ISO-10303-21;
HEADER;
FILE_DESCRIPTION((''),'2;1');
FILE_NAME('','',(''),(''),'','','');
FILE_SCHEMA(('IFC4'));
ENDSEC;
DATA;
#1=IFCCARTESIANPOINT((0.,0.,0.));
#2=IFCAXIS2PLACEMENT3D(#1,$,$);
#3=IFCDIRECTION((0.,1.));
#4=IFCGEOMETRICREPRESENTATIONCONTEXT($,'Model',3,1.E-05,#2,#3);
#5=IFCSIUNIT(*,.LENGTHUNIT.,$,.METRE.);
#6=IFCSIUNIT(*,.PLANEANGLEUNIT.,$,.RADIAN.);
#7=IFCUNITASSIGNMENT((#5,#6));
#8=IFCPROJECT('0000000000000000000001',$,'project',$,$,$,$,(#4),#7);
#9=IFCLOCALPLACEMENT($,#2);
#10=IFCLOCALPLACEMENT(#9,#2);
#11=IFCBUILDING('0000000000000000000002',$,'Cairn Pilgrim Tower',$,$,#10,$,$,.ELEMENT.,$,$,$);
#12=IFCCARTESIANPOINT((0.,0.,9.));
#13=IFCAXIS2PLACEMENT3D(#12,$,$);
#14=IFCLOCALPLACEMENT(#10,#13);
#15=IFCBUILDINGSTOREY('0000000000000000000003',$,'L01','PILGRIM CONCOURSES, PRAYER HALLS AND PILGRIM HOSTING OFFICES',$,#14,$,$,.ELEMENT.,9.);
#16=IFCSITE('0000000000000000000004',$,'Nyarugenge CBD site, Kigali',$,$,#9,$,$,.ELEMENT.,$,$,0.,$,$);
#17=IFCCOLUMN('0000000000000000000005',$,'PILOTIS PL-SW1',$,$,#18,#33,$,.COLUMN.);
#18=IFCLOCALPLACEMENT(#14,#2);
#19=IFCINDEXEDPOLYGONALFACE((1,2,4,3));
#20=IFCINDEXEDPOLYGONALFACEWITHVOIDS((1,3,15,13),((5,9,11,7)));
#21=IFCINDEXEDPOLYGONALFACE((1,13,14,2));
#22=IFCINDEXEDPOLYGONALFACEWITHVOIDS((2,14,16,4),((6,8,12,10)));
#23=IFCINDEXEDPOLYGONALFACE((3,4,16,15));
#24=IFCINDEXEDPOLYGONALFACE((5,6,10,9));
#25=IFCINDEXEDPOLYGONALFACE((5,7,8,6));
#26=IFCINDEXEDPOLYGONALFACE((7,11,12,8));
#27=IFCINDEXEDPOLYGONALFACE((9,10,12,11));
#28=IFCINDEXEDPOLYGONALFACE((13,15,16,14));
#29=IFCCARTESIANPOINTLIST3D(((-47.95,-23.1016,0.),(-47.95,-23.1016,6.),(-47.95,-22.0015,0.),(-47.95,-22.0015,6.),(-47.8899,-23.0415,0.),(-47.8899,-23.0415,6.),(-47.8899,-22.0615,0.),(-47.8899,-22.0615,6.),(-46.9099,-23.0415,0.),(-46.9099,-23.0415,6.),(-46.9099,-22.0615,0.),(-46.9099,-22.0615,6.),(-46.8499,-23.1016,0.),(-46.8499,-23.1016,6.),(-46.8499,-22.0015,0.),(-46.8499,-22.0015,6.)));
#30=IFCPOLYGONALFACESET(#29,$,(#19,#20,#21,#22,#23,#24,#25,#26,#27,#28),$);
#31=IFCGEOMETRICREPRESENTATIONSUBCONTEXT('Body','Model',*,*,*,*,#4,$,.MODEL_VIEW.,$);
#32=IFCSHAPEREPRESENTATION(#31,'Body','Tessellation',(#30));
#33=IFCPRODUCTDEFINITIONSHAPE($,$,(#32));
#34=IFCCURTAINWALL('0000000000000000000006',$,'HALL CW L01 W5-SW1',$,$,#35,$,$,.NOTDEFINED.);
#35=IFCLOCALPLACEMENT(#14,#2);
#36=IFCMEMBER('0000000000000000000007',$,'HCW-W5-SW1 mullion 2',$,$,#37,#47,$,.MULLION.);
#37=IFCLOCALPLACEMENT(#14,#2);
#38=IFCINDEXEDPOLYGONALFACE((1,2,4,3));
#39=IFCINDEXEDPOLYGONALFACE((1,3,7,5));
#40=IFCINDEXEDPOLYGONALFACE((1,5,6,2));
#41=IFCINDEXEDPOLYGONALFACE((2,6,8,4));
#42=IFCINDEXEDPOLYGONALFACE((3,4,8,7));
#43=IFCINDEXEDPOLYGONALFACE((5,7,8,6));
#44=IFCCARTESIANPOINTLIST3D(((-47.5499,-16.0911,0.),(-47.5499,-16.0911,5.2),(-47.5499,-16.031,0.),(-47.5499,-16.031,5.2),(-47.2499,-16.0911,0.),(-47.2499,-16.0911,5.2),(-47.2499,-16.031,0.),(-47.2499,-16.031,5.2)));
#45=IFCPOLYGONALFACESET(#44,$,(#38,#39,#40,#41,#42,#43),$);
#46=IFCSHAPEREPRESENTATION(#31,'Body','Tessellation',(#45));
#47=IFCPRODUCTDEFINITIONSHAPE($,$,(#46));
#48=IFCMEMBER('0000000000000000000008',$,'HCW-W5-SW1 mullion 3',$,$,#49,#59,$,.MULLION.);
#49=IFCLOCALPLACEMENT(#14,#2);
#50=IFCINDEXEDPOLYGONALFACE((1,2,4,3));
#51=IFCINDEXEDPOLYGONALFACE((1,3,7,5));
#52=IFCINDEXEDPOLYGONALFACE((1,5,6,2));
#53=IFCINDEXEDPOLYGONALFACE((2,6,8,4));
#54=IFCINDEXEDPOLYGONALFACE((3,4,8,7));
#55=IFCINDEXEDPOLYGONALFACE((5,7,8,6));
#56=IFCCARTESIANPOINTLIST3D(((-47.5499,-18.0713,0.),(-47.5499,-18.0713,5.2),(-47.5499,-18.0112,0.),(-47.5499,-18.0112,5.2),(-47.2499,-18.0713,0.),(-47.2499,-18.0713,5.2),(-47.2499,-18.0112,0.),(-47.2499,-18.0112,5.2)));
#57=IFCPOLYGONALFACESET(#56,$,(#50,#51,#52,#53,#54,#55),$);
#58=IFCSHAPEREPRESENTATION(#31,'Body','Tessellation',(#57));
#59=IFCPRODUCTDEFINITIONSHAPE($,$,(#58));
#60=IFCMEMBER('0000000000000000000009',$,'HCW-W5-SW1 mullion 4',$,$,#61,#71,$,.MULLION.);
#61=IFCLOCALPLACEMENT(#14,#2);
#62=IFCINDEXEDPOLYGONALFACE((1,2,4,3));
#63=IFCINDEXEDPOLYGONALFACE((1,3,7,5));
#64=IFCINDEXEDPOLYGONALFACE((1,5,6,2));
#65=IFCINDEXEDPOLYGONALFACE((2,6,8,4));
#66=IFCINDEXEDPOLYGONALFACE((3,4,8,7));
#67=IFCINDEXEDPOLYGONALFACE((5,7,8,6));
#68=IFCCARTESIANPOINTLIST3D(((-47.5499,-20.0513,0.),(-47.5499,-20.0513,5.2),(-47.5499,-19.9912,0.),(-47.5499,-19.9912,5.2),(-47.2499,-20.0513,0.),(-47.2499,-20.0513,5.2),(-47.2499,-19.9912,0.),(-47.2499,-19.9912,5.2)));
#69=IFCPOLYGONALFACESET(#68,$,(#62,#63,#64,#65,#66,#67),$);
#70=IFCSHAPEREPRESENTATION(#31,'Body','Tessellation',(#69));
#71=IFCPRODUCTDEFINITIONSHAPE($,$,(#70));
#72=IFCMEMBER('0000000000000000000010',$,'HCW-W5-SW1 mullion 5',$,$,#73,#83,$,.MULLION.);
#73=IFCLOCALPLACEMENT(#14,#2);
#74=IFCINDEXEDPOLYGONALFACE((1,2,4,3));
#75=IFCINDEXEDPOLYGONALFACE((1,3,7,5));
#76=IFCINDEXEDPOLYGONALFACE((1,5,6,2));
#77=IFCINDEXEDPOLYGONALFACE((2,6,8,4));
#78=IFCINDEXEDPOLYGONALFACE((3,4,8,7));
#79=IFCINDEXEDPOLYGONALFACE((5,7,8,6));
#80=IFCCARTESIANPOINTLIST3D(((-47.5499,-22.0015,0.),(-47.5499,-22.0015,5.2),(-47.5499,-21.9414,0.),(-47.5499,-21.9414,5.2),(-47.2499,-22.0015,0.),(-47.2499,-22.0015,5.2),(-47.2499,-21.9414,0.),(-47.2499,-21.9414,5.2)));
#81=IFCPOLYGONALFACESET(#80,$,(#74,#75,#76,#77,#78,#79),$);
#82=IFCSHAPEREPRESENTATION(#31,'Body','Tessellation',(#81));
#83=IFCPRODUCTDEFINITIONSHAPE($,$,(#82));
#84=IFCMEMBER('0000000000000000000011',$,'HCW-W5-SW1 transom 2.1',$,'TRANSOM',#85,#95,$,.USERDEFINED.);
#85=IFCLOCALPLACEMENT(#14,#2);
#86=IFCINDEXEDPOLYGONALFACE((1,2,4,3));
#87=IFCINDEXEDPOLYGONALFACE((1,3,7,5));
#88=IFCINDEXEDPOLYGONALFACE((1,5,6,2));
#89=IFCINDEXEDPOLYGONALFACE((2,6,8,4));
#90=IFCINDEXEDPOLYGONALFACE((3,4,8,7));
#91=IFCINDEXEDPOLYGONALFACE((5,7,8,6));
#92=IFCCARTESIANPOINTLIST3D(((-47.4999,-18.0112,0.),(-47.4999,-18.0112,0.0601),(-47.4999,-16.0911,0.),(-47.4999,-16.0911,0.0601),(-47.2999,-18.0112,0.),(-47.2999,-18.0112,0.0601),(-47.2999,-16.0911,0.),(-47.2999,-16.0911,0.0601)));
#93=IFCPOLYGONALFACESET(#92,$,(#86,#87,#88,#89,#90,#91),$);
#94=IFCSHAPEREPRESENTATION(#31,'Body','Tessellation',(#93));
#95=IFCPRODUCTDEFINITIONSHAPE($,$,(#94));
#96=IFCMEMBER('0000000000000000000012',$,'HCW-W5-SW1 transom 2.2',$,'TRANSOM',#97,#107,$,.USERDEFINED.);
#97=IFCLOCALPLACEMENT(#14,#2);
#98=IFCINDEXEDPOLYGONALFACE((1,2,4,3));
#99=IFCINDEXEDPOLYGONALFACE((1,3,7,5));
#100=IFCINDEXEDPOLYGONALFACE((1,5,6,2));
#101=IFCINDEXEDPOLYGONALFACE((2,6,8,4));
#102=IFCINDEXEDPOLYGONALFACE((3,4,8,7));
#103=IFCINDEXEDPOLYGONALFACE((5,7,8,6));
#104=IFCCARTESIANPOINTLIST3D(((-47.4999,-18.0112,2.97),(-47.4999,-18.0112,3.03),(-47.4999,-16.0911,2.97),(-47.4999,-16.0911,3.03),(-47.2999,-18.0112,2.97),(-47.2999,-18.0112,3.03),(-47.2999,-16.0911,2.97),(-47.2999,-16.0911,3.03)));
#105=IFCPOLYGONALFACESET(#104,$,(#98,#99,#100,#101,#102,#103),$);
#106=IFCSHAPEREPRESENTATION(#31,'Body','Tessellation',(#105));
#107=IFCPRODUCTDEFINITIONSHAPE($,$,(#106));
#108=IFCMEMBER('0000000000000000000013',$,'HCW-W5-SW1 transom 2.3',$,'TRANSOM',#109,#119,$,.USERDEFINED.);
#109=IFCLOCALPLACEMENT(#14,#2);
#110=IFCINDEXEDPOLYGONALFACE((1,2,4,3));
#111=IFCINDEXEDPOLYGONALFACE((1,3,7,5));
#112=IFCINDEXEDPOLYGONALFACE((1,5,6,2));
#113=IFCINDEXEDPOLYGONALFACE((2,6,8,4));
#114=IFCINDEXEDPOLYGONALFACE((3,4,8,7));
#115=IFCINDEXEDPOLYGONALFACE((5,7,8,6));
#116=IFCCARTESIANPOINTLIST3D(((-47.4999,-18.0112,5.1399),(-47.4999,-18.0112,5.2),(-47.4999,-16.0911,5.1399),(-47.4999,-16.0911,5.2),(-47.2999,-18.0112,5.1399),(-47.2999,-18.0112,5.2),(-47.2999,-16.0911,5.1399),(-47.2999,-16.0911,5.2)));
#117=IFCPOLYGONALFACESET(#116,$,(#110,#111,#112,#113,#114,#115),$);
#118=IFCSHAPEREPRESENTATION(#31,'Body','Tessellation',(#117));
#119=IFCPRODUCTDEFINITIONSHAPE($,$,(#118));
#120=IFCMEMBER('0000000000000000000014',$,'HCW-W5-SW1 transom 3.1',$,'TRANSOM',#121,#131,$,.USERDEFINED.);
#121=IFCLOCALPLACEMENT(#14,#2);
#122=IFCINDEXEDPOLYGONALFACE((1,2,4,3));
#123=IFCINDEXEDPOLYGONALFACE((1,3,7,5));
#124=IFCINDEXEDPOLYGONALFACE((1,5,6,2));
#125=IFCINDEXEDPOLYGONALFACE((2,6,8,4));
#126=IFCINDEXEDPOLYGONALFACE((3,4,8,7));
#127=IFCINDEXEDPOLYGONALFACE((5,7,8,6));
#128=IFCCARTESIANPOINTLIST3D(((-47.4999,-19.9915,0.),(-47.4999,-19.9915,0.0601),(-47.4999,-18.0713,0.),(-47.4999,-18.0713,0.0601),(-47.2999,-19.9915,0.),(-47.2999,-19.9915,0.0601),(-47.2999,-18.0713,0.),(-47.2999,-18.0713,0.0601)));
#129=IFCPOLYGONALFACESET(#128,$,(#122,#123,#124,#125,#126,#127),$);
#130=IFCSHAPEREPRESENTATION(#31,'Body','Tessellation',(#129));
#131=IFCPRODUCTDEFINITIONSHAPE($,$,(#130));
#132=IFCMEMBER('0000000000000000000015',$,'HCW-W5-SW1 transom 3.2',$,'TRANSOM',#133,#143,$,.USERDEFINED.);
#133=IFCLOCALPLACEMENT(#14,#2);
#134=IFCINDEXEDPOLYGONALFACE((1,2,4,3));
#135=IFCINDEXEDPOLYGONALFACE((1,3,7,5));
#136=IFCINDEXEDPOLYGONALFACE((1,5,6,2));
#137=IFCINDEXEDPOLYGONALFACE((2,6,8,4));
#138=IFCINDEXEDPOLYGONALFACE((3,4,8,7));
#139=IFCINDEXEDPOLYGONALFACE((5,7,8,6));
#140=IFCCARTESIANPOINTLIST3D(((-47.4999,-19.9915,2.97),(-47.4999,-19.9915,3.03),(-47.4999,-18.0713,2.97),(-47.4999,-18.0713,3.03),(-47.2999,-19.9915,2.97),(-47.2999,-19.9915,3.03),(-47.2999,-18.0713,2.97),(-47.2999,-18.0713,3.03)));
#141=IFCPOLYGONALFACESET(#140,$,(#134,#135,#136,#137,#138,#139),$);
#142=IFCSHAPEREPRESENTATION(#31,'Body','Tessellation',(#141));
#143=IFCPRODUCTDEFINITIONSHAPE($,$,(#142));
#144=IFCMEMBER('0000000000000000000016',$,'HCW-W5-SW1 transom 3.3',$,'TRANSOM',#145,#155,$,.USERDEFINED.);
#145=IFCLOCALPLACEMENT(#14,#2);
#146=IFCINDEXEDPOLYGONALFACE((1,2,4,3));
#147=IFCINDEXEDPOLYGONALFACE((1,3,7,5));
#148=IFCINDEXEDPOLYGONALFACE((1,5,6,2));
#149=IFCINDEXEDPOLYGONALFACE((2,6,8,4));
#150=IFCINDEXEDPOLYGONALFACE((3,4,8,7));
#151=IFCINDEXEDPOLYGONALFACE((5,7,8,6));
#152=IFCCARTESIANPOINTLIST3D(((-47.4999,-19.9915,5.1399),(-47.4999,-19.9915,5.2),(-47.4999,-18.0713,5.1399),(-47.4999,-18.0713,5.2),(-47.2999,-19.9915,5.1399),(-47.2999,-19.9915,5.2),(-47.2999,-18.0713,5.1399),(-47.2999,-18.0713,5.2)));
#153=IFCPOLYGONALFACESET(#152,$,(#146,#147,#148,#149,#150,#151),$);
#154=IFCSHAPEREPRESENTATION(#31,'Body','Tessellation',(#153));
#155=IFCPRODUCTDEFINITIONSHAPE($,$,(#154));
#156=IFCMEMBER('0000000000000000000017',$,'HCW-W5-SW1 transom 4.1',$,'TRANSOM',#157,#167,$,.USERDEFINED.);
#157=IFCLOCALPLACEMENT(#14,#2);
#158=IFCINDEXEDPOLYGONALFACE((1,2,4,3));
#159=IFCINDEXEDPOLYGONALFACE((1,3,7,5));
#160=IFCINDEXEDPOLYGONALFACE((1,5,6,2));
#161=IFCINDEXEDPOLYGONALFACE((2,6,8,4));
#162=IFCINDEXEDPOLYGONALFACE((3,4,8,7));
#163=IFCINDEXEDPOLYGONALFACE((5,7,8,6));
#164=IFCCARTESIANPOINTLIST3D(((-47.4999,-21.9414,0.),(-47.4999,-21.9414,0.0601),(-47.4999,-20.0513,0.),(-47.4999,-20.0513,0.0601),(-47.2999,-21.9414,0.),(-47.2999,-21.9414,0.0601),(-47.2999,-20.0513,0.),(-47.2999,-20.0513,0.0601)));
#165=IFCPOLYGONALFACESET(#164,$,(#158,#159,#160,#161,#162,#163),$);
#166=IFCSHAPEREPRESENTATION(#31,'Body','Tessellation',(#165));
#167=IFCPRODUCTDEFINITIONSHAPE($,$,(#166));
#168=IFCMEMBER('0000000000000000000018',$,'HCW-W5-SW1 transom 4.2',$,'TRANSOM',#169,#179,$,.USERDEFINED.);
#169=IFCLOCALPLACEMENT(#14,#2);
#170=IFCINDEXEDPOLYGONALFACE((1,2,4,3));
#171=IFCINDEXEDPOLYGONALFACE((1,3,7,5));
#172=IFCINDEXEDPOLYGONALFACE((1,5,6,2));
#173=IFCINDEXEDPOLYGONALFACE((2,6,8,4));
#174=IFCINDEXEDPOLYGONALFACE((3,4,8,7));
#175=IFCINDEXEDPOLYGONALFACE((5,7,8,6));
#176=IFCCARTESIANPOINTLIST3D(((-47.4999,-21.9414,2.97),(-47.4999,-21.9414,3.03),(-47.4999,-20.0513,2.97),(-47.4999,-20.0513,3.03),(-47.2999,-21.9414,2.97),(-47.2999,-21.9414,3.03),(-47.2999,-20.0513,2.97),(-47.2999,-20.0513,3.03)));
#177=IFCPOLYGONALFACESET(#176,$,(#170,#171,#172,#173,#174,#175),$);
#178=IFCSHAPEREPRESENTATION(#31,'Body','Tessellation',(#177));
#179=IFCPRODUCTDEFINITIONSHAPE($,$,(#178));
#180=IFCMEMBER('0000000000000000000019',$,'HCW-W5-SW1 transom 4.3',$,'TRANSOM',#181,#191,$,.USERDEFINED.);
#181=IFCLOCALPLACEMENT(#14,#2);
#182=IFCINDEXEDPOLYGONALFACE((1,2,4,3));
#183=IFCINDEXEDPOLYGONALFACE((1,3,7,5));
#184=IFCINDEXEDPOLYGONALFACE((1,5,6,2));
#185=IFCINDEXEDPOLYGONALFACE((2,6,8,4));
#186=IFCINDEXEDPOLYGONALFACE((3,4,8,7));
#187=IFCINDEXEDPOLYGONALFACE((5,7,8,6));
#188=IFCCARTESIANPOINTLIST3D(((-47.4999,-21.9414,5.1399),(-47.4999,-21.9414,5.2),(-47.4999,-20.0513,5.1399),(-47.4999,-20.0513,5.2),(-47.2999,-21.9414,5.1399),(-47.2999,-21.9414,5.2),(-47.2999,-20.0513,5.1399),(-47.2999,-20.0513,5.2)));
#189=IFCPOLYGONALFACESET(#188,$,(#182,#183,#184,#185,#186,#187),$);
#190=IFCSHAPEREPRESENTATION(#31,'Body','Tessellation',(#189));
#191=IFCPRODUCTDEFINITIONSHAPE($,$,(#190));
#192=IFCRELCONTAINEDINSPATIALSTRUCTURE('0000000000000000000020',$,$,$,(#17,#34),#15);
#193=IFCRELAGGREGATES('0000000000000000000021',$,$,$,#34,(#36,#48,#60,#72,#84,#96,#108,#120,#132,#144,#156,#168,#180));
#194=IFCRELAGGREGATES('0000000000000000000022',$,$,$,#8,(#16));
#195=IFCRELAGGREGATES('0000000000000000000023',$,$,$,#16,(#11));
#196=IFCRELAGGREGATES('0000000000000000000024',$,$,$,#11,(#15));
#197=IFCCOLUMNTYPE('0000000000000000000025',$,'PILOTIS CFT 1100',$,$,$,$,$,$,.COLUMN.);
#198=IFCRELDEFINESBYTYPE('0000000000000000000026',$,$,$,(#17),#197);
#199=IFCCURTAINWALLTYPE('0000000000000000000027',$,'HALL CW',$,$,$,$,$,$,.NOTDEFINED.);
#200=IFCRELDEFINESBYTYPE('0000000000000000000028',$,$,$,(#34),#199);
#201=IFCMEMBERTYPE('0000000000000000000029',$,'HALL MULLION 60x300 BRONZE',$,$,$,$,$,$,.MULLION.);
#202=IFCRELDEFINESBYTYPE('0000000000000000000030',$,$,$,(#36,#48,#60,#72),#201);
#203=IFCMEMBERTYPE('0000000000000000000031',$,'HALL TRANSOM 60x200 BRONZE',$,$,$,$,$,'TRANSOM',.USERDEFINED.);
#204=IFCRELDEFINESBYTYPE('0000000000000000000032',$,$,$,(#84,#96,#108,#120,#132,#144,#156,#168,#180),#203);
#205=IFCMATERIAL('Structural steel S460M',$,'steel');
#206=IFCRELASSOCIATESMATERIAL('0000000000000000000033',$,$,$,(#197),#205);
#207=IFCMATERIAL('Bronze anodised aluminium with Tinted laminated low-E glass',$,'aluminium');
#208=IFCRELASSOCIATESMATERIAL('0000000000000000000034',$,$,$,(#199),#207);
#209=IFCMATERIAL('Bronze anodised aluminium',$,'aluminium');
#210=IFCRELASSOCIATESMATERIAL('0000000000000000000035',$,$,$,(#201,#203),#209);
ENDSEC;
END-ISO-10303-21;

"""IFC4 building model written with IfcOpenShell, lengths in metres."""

from ifc_helpers import new_model, si_unit, direction, frame, origin, origin_2d, place, context, subcontext, project, spatial, rectangle, hollow_rectangle, extrude, material, material_profile, profile_set, type_object, element, aggregate, save


model = new_model("IFC4")

# Units and contexts
model_context = context("Model", 3, precision=1e-05, world=origin(), true_north=direction((0.0, 1.0)))
body_context = subcontext(model_context, "Body", "Model", "MODEL_VIEW")
ifc_project = project(units=[si_unit("LENGTHUNIT", "METRE"), si_unit("PLANEANGLEUNIT", "RADIAN")], contexts=[model_context])

# Site, building, storey
site_placement = place(None, origin())
site = spatial("IfcSite", under=ifc_project, at=site_placement, Name="Nyarugenge CBD site, Kigali", CompositionType="ELEMENT", RefElevation=0.0)
building_placement = place(site_placement, origin())
building = spatial("IfcBuilding", under=site, at=building_placement, Name="Cairn Pilgrim Tower", CompositionType="ELEMENT")
storey_placement = place(building_placement, frame((0.0, 0.0, 9.0)))
storey = spatial("IfcBuildingStorey", under=building, at=storey_placement, Name="L01", Description="PILGRIM CONCOURSES, PRAYER HALLS AND PILGRIM HOSTING OFFICES", CompositionType="ELEMENT", Elevation=9.0)

# Column
ifc_material_1 = material(Name="Structural steel S460M", Category="steel")
ifc_material_profile_1 = material_profile(ifc_material_1, hollow_rectangle(XDim=1.1001, YDim=1.1001, WallThickness=0.0601, at=origin_2d()), Name="BOX 1100x1100x60")
ifc_profile_set_1 = profile_set([ifc_material_profile_1], Name="Structural steel S460M")
column_type = type_object("IfcColumnType", Name="PILOTIS CFT 1100", PredefinedType="COLUMN", material=ifc_profile_set_1)
column_placement = place(storey_placement, frame((-47.3999, -22.5515, 0.0), z_axis=(0.0, 0.0, 1.0), x_axis=(1.0, 0.0, 0.0)))
element("IfcColumn", 1, at=column_placement, inside=storey, type_object=column_type, Name="PILOTIS PL-SW1", PredefinedType="COLUMN", context=body_context, shape_type="SweptSolid", body=[
    extrude(hollow_rectangle(XDim=1.1001, YDim=1.1001, WallThickness=0.0601, at=origin_2d()), origin(), (0.0, 0.0, 1.0), 6.0),
])

# Curtain wall, members
ifc_material_2 = material(Name="Bronze anodised aluminium with Tinted laminated low-E glass", Category="aluminium")
curtain_wall_type = type_object("IfcCurtainWallType", Name="HALL CW", PredefinedType="NOTDEFINED", material=ifc_material_2)
curtain_wall_placement = place(storey_placement, origin())
curtain_wall = element("IfcCurtainWall", 2, at=curtain_wall_placement, inside=storey, type_object=curtain_wall_type, Name="HALL CW L01 W5-SW1", PredefinedType="NOTDEFINED")
ifc_material_3 = material(Name="Bronze anodised aluminium", Category="aluminium")
ifc_material_profile_2 = material_profile(ifc_material_3, rectangle(XDim=0.3, YDim=0.0601, at=origin_2d()), Name="HALL MULLION 60x300 BRONZE")
ifc_profile_set_2 = profile_set([ifc_material_profile_2], Name="Bronze anodised aluminium")
member_type_1 = type_object("IfcMemberType", Name="HALL MULLION 60x300 BRONZE", PredefinedType="MULLION", material=ifc_profile_set_2)
member_1_placement = place(storey_placement, frame((-47.3999, -16.061, 0.0), z_axis=(0.0, 0.0, 1.0), x_axis=(1.0, 0.0, 0.0)))
member_1 = element("IfcMember", 3, at=member_1_placement, type_object=member_type_1, Name="HCW-W5-SW1 mullion 2", PredefinedType="MULLION", context=body_context, shape_type="SweptSolid", body=[
    extrude(rectangle(XDim=0.3, YDim=0.0601, at=origin_2d()), origin(), (0.0, 0.0, 1.0), 5.2),
])
member_2_placement = place(storey_placement, frame((-47.3999, -18.0413, 0.0), z_axis=(0.0, 0.0, 1.0), x_axis=(1.0, 0.0, 0.0)))
member_2 = element("IfcMember", 4, at=member_2_placement, type_object=member_type_1, Name="HCW-W5-SW1 mullion 3", PredefinedType="MULLION", context=body_context, shape_type="SweptSolid", body=[
    extrude(rectangle(XDim=0.3, YDim=0.0601, at=origin_2d()), origin(), (0.0, 0.0, 1.0), 5.2),
])
member_3_placement = place(storey_placement, frame((-47.3999, -20.0212, 0.0), z_axis=(0.0, 0.0, 1.0), x_axis=(1.0, 0.0, 0.0)))
member_3 = element("IfcMember", 5, at=member_3_placement, type_object=member_type_1, Name="HCW-W5-SW1 mullion 4", PredefinedType="MULLION", context=body_context, shape_type="SweptSolid", body=[
    extrude(rectangle(XDim=0.3, YDim=0.0601, at=origin_2d()), origin(), (0.0, 0.0, 1.0), 5.2),
])
member_4_placement = place(storey_placement, frame((-47.3999, -21.9714, 0.0), z_axis=(0.0, 0.0, 1.0), x_axis=(1.0, 0.0, 0.0)))
member_4 = element("IfcMember", 6, at=member_4_placement, type_object=member_type_1, Name="HCW-W5-SW1 mullion 5", PredefinedType="MULLION", context=body_context, shape_type="SweptSolid", body=[
    extrude(rectangle(XDim=0.3, YDim=0.0601, at=origin_2d()), origin(), (0.0, 0.0, 1.0), 5.2),
])
ifc_material_profile_3 = material_profile(ifc_material_3, rectangle(XDim=0.2, YDim=0.0601, at=origin_2d()), Name="HALL TRANSOM 60x200 BRONZE")
ifc_profile_set_3 = profile_set([ifc_material_profile_3], Name="Bronze anodised aluminium")
member_type_2 = type_object("IfcMemberType", Name="HALL TRANSOM 60x200 BRONZE", ElementType="TRANSOM", PredefinedType="USERDEFINED", material=ifc_profile_set_3)
member_5_placement = place(storey_placement, frame((-47.3999, -16.0911, 0.03), z_axis=(0.0, -1.0, 0.0), x_axis=(1.0, 0.0, 0.0)))
member_5 = element("IfcMember", 7, at=member_5_placement, type_object=member_type_2, Name="HCW-W5-SW1 transom 2.1", ObjectType="TRANSOM", PredefinedType="USERDEFINED", context=body_context, shape_type="SweptSolid", body=[
    extrude(rectangle(XDim=0.2, YDim=0.0601, at=origin_2d()), origin(), (0.0, 0.0, 1.0), 1.9202),
])
member_6_placement = place(storey_placement, frame((-47.3999, -16.0911, 3.0), z_axis=(0.0, -1.0, 0.0), x_axis=(1.0, 0.0, 0.0)))
member_6 = element("IfcMember", 8, at=member_6_placement, type_object=member_type_2, Name="HCW-W5-SW1 transom 2.2", ObjectType="TRANSOM", PredefinedType="USERDEFINED", context=body_context, shape_type="SweptSolid", body=[
    extrude(rectangle(XDim=0.2, YDim=0.0601, at=origin_2d()), origin(), (0.0, 0.0, 1.0), 1.9202),
])
member_7_placement = place(storey_placement, frame((-47.3999, -16.0911, 5.1699), z_axis=(0.0, -1.0, 0.0), x_axis=(1.0, 0.0, 0.0)))
member_7 = element("IfcMember", 9, at=member_7_placement, type_object=member_type_2, Name="HCW-W5-SW1 transom 2.3", ObjectType="TRANSOM", PredefinedType="USERDEFINED", context=body_context, shape_type="SweptSolid", body=[
    extrude(rectangle(XDim=0.2, YDim=0.0601, at=origin_2d()), origin(), (0.0, 0.0, 1.0), 1.9202),
])
member_8_placement = place(storey_placement, frame((-47.3999, -18.0713, 0.03), z_axis=(0.0, -1.0, 0.0), x_axis=(1.0, 0.0, 0.0)))
member_8 = element("IfcMember", 10, at=member_8_placement, type_object=member_type_2, Name="HCW-W5-SW1 transom 3.1", ObjectType="TRANSOM", PredefinedType="USERDEFINED", context=body_context, shape_type="SweptSolid", body=[
    extrude(rectangle(XDim=0.2, YDim=0.0601, at=origin_2d()), origin(), (0.0, 0.0, 1.0), 1.9202),
])
member_9_placement = place(storey_placement, frame((-47.3999, -18.0713, 3.0), z_axis=(0.0, -1.0, 0.0), x_axis=(1.0, 0.0, 0.0)))
member_9 = element("IfcMember", 11, at=member_9_placement, type_object=member_type_2, Name="HCW-W5-SW1 transom 3.2", ObjectType="TRANSOM", PredefinedType="USERDEFINED", context=body_context, shape_type="SweptSolid", body=[
    extrude(rectangle(XDim=0.2, YDim=0.0601, at=origin_2d()), origin(), (0.0, 0.0, 1.0), 1.9202),
])
member_10_placement = place(storey_placement, frame((-47.3999, -18.0713, 5.1699), z_axis=(0.0, -1.0, 0.0), x_axis=(1.0, 0.0, 0.0)))
member_10 = element("IfcMember", 12, at=member_10_placement, type_object=member_type_2, Name="HCW-W5-SW1 transom 3.3", ObjectType="TRANSOM", PredefinedType="USERDEFINED", context=body_context, shape_type="SweptSolid", body=[
    extrude(rectangle(XDim=0.2, YDim=0.0601, at=origin_2d()), origin(), (0.0, 0.0, 1.0), 1.9202),
])
member_11_placement = place(storey_placement, frame((-47.3999, -20.0513, 0.03), z_axis=(0.0, -1.0, 0.0), x_axis=(1.0, 0.0, 0.0)))
member_11 = element("IfcMember", 13, at=member_11_placement, type_object=member_type_2, Name="HCW-W5-SW1 transom 4.1", ObjectType="TRANSOM", PredefinedType="USERDEFINED", context=body_context, shape_type="SweptSolid", body=[
    extrude(rectangle(XDim=0.2, YDim=0.0601, at=origin_2d()), origin(), (0.0, 0.0, 1.0), 1.8901),
])
member_12_placement = place(storey_placement, frame((-47.3999, -20.0513, 3.0), z_axis=(0.0, -1.0, 0.0), x_axis=(1.0, 0.0, 0.0)))
member_12 = element("IfcMember", 14, at=member_12_placement, type_object=member_type_2, Name="HCW-W5-SW1 transom 4.2", ObjectType="TRANSOM", PredefinedType="USERDEFINED", context=body_context, shape_type="SweptSolid", body=[
    extrude(rectangle(XDim=0.2, YDim=0.0601, at=origin_2d()), origin(), (0.0, 0.0, 1.0), 1.8901),
])
member_13_placement = place(storey_placement, frame((-47.3999, -20.0513, 5.1699), z_axis=(0.0, -1.0, 0.0), x_axis=(1.0, 0.0, 0.0)))
member_13 = element("IfcMember", 15, at=member_13_placement, type_object=member_type_2, Name="HCW-W5-SW1 transom 4.3", ObjectType="TRANSOM", PredefinedType="USERDEFINED", context=body_context, shape_type="SweptSolid", body=[
    extrude(rectangle(XDim=0.2, YDim=0.0601, at=origin_2d()), origin(), (0.0, 0.0, 1.0), 1.8901),
])

aggregate(curtain_wall, [member_1, member_2, member_3, member_4, member_5, member_6, member_7, member_8, member_9, member_10, member_11, member_12, member_13])

save(model, "model.ifc")
